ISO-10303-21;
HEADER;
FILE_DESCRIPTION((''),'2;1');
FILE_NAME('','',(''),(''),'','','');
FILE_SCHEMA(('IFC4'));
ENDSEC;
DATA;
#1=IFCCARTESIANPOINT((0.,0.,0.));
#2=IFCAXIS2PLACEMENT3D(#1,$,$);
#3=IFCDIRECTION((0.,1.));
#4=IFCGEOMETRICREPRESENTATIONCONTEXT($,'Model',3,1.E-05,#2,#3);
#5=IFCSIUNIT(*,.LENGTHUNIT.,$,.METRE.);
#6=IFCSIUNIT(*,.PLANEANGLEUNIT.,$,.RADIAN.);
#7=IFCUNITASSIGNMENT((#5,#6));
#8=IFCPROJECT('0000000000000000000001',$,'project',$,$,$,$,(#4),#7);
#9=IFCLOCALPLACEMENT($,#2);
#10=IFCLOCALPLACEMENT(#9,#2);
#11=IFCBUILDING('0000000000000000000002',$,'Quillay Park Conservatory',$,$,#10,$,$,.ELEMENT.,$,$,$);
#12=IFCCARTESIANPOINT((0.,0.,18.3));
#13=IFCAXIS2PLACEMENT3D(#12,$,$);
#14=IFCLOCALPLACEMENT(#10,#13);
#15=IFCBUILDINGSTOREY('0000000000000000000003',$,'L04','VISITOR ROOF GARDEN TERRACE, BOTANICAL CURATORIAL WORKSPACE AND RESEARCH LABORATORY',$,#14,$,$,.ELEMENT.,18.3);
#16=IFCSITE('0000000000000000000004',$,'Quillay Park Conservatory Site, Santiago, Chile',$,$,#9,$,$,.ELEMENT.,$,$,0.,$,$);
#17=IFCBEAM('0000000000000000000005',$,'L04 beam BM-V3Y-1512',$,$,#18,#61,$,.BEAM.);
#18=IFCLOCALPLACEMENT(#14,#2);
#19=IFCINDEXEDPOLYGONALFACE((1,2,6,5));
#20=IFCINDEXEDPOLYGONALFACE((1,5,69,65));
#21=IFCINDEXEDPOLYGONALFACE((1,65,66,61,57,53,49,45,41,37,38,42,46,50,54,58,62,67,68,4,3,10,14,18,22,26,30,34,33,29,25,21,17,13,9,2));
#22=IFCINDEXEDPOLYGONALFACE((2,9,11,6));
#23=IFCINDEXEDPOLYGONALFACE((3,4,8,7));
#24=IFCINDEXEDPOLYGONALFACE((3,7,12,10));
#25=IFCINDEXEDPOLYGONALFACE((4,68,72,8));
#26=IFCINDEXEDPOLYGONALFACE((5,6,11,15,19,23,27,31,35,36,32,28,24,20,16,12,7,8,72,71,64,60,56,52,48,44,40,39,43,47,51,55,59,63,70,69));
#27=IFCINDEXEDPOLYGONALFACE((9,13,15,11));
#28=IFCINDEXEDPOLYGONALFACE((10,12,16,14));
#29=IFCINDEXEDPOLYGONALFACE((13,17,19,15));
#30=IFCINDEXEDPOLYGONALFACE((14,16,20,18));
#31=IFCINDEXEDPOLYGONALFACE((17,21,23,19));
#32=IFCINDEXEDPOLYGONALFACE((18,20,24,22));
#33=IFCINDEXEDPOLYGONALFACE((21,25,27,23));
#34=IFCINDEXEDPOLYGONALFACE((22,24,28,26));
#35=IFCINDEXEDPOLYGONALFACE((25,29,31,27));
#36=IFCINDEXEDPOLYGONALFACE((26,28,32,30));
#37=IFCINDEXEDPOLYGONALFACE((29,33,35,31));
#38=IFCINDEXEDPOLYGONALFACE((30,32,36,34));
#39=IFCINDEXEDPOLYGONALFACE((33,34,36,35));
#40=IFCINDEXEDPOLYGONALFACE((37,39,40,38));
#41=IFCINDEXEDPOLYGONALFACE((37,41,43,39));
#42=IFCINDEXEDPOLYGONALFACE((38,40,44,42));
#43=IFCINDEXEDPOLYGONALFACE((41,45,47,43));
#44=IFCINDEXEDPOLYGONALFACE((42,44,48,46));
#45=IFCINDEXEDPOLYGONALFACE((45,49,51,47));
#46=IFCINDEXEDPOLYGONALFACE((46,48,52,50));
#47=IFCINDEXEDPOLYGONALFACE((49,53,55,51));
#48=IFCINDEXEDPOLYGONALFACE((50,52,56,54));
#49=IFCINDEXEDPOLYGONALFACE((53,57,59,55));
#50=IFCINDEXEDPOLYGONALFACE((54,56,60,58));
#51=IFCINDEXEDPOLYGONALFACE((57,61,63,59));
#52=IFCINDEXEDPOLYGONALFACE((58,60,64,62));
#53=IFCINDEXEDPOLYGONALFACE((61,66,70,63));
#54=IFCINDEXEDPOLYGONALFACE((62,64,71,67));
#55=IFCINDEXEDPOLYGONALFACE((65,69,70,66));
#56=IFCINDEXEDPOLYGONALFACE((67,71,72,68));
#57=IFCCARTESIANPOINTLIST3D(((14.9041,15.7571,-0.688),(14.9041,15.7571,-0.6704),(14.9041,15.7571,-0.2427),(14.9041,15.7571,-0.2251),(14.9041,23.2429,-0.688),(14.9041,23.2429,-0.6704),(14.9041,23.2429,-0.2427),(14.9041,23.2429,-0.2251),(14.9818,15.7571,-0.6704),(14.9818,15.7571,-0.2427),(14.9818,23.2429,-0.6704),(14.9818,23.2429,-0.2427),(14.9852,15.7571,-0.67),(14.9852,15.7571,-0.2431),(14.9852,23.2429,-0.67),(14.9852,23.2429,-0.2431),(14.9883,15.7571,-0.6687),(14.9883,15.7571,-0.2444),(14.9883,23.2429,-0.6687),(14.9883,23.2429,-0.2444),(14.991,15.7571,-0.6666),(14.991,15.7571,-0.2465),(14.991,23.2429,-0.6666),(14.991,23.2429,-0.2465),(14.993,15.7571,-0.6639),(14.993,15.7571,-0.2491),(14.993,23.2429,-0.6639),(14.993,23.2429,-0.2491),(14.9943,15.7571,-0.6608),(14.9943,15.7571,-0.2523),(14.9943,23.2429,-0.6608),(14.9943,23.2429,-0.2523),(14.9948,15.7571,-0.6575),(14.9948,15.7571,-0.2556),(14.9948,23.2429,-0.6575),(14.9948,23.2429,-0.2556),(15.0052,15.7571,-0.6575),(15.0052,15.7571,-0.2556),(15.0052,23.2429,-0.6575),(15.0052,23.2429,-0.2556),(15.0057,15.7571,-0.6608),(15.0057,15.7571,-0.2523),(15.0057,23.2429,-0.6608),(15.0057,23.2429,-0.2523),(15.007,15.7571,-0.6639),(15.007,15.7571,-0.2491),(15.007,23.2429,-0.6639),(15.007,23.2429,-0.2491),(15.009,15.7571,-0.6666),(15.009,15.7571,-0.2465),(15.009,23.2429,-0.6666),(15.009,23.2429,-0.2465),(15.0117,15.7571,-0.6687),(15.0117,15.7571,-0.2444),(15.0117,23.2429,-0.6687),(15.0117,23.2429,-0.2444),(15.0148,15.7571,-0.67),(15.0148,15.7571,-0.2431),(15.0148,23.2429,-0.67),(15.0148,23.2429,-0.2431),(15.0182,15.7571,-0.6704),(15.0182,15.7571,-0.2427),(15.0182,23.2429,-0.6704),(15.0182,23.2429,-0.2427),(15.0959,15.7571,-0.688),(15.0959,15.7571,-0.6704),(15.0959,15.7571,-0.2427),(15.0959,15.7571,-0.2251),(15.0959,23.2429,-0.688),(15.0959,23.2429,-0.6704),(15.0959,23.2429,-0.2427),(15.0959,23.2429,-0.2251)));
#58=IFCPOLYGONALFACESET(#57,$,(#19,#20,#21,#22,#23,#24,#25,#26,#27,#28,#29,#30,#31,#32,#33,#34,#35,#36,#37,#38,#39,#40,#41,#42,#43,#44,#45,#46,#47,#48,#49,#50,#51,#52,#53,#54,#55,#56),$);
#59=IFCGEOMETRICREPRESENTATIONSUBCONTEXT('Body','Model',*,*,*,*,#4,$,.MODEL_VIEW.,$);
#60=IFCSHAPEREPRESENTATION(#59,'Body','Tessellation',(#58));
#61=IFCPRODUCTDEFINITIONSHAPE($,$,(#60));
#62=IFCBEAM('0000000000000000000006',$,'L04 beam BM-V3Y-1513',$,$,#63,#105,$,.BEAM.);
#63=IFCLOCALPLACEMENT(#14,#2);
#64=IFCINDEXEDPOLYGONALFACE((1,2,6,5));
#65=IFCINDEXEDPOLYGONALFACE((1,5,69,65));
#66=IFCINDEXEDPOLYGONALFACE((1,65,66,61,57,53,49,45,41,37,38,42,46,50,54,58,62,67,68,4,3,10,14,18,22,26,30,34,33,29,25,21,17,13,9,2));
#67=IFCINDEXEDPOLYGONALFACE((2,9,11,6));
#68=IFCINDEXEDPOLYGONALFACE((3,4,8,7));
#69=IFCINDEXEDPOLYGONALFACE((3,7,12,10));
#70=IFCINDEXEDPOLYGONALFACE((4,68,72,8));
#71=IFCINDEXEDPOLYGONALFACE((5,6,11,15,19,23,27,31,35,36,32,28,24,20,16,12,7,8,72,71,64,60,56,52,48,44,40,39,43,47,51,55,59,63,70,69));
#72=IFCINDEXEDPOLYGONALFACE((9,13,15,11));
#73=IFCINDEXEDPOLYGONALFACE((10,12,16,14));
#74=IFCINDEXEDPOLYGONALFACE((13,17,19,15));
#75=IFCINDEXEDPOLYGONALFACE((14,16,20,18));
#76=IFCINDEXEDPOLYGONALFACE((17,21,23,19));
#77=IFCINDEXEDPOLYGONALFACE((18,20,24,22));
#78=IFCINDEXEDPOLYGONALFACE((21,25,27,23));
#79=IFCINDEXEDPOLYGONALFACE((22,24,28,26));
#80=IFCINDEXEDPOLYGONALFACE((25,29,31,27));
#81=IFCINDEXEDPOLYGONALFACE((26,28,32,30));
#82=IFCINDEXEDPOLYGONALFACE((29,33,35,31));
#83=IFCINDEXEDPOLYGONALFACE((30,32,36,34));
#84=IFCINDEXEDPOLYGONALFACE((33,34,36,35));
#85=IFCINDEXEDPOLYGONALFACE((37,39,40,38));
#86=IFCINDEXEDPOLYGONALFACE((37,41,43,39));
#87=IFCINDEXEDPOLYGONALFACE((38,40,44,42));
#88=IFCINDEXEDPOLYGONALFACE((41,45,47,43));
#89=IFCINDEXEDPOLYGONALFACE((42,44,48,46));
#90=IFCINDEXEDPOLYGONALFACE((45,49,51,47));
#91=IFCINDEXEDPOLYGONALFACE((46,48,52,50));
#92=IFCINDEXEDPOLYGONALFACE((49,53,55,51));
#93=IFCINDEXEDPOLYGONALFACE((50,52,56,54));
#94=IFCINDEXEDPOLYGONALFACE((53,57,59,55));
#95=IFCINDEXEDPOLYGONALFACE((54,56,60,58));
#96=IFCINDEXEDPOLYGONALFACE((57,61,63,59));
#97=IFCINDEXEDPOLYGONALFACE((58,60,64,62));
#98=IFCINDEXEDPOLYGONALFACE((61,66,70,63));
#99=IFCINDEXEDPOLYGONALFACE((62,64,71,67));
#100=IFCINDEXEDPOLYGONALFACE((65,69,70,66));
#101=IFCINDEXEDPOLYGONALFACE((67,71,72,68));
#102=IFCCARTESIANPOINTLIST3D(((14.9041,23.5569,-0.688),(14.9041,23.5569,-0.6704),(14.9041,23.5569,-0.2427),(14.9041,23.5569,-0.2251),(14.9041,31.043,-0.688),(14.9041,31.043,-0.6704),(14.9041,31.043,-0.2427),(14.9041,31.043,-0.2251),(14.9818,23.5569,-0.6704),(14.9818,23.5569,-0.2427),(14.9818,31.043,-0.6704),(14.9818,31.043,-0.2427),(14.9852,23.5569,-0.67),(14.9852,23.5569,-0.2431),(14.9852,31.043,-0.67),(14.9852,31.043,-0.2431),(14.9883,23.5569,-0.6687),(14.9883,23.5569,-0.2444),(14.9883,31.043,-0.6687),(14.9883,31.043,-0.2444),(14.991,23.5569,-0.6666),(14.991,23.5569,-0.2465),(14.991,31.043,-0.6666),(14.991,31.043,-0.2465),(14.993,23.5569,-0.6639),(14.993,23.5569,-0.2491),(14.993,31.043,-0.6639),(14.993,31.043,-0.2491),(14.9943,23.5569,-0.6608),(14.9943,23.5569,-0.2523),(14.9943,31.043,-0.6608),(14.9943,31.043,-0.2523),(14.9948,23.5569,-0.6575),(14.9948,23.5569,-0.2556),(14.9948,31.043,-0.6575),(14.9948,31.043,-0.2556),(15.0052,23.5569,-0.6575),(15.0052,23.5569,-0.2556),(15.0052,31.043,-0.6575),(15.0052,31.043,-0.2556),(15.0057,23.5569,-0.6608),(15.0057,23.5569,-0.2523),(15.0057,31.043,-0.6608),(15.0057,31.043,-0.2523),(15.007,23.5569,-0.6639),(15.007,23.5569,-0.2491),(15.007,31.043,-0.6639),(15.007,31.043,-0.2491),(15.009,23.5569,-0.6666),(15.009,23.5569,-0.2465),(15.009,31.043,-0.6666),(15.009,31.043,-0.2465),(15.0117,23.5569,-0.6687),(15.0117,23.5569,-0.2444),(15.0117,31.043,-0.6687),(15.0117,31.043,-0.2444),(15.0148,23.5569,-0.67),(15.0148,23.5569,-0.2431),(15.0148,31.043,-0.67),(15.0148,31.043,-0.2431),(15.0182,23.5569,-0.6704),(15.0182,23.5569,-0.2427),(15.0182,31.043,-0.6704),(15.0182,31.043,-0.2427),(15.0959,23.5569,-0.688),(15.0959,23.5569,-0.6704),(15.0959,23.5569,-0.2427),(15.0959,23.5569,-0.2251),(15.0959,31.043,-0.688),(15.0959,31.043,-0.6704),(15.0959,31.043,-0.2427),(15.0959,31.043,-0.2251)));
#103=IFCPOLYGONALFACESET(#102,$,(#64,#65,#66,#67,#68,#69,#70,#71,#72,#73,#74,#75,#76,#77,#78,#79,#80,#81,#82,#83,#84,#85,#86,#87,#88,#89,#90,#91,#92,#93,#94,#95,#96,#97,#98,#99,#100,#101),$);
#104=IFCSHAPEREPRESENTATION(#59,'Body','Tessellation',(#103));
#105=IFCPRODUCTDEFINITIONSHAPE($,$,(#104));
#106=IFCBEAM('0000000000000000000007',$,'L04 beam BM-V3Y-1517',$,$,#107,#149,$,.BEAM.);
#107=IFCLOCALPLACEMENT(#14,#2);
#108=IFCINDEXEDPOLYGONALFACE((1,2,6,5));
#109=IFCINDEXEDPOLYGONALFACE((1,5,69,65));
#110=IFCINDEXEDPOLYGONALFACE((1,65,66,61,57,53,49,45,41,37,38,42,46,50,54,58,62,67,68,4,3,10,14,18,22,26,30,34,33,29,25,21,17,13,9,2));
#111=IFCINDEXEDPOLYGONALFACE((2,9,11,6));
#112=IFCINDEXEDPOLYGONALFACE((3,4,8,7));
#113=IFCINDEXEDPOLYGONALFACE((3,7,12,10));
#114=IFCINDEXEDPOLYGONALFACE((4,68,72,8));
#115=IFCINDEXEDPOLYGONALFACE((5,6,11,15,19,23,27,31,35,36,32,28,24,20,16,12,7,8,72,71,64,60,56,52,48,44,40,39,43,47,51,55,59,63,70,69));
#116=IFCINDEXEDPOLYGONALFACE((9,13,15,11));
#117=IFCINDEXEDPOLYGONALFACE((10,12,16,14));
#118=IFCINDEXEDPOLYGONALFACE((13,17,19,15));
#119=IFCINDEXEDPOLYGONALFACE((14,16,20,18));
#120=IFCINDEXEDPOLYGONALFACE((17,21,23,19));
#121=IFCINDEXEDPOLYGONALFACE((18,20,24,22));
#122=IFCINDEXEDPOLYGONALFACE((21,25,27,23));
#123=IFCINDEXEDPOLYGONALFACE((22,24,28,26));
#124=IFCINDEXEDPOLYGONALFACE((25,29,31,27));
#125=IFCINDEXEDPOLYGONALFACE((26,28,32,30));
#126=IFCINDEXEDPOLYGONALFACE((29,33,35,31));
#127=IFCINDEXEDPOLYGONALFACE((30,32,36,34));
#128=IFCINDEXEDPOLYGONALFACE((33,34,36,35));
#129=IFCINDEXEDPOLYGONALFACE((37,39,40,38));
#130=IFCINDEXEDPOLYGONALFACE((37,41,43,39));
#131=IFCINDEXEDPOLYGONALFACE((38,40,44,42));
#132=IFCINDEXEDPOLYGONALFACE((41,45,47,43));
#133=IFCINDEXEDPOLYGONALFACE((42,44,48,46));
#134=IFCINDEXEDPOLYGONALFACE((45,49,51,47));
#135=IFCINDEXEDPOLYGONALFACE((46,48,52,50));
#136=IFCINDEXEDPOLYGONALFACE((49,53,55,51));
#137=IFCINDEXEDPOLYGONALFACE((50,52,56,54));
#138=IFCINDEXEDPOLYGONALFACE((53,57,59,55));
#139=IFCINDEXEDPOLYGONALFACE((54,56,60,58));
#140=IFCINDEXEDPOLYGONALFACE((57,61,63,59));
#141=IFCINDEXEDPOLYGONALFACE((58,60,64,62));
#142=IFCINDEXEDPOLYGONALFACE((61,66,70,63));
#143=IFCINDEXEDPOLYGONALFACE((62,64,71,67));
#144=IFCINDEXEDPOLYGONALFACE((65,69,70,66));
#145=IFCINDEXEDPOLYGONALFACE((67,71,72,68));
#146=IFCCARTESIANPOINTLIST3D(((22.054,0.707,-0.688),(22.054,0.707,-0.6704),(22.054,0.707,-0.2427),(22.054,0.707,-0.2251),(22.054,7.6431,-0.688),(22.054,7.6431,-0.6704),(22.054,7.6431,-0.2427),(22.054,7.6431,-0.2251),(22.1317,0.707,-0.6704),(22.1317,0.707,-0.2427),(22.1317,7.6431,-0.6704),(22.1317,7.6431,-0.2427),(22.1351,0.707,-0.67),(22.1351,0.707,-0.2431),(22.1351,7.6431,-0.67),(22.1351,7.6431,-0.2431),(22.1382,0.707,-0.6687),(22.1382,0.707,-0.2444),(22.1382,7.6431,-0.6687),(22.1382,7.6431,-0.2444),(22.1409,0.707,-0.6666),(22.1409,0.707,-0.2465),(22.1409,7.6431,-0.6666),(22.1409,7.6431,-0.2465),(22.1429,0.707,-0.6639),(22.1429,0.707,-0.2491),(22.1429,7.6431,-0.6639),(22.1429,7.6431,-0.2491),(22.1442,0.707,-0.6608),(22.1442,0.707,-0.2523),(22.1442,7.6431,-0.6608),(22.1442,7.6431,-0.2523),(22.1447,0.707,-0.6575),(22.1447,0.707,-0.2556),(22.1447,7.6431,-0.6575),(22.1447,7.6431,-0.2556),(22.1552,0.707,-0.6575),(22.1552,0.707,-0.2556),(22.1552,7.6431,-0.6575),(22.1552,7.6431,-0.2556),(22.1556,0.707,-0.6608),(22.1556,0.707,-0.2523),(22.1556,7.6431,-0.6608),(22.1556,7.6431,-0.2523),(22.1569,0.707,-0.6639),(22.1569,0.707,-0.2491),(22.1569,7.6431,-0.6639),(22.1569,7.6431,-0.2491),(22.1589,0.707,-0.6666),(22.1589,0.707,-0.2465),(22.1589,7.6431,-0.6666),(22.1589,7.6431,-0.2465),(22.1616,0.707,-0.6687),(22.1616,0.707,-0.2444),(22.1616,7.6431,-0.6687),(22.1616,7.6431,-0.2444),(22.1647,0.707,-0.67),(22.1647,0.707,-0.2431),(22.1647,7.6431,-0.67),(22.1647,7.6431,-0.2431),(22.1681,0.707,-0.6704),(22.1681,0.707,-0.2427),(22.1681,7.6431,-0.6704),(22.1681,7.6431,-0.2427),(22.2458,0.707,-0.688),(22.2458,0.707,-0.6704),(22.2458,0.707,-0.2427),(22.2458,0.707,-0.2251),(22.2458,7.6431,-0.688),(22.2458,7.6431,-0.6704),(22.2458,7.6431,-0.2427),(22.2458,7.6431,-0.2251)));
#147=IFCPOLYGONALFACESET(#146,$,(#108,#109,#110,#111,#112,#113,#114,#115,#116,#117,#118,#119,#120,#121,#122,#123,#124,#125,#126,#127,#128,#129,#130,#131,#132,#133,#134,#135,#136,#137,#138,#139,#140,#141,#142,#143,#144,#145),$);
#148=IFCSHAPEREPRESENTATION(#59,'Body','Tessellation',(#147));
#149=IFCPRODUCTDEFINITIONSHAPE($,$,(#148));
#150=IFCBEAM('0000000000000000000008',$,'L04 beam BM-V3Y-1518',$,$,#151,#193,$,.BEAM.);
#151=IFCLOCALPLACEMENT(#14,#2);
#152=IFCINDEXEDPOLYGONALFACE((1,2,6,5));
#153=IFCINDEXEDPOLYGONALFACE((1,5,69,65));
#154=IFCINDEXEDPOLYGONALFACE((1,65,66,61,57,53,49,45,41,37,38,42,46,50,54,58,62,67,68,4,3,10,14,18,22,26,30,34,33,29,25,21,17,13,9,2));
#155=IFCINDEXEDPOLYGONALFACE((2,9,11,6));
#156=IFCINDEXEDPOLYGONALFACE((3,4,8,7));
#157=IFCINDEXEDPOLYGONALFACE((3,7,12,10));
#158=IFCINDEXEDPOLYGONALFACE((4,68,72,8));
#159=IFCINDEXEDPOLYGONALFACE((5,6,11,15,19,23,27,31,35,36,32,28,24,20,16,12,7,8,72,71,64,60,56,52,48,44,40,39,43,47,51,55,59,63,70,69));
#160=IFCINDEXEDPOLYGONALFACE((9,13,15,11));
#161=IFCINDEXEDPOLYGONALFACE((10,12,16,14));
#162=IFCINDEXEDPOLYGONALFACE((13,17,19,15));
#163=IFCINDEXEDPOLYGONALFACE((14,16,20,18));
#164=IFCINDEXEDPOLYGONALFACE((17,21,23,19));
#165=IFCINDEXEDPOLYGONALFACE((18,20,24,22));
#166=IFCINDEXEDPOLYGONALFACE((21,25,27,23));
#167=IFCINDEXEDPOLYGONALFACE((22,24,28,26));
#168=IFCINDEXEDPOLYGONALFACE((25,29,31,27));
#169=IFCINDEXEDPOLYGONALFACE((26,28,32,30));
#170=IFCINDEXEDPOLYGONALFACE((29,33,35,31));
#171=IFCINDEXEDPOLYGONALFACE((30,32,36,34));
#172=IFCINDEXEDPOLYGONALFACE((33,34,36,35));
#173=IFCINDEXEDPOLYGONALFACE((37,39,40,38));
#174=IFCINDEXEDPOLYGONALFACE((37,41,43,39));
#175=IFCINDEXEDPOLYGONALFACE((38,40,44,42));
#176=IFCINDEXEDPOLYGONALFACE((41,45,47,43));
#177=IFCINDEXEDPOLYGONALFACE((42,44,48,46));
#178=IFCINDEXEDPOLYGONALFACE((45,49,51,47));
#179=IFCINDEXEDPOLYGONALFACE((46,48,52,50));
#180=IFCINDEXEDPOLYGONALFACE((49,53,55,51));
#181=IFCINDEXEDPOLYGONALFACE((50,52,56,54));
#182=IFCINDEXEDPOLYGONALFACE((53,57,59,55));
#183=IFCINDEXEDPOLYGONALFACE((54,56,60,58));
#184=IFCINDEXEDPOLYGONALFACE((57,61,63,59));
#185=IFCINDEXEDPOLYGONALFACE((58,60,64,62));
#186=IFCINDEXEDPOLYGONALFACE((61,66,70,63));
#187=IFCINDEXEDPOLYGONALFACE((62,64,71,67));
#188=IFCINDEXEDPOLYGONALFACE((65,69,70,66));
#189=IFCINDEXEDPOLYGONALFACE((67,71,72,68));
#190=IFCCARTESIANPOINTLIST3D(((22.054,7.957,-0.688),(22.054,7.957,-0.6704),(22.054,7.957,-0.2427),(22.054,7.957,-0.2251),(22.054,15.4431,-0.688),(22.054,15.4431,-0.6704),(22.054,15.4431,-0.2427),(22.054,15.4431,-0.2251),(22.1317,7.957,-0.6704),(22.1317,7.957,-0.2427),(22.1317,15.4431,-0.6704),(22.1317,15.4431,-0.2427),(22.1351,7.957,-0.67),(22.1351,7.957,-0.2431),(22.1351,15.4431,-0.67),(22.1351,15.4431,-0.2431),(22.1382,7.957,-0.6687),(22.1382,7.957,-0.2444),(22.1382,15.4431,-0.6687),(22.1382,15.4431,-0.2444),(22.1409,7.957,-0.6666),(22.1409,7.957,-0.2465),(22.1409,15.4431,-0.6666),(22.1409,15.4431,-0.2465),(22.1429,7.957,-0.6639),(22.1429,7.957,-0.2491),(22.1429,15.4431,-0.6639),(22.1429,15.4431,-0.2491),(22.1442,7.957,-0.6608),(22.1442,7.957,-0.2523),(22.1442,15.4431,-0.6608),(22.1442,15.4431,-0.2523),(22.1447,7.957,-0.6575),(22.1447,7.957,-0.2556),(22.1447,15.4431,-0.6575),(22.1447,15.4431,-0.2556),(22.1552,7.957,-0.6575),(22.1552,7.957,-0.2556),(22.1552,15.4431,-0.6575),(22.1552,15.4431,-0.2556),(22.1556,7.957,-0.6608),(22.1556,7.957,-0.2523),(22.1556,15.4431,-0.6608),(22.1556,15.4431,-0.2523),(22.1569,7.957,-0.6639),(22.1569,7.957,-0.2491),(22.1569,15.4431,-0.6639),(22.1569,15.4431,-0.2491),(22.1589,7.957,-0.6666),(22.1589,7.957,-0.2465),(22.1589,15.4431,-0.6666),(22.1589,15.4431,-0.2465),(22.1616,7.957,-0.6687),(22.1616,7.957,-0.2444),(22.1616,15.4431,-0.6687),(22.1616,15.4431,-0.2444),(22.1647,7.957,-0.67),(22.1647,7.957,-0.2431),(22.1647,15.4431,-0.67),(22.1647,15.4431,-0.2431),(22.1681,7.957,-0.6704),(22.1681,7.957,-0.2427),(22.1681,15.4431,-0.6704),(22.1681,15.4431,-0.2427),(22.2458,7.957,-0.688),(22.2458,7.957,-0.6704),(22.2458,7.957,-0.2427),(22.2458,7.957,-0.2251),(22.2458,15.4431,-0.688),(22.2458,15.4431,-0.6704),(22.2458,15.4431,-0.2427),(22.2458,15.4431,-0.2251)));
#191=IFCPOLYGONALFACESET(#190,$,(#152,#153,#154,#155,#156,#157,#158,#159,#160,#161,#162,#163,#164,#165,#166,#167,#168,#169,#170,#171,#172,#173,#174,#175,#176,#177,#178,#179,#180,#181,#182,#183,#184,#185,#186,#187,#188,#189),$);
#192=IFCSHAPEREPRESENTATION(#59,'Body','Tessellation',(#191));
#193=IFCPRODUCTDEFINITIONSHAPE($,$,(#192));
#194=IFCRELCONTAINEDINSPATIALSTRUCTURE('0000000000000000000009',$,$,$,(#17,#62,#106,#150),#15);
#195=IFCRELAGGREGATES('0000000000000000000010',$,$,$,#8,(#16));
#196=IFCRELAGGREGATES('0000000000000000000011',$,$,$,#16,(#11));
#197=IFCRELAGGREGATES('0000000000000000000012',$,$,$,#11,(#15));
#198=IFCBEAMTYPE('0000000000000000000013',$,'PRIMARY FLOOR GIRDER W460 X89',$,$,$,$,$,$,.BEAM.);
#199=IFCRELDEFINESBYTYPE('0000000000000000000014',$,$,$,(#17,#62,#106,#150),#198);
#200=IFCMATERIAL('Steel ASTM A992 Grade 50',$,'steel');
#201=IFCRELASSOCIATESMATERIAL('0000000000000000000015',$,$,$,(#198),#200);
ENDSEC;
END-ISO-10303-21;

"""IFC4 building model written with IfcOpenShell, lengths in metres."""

from ifc_helpers import new_model, si_unit, direction, frame, origin, origin_2d, place, context, subcontext, project, spatial, i_section, extrude, material, material_profile, profile_set, type_object, element, save


model = new_model("IFC4")

# Units and contexts
model_context = context("Model", 3, precision=1e-05, world=origin(), true_north=direction((0.0, 1.0)))
body_context = subcontext(model_context, "Body", "Model", "MODEL_VIEW")
ifc_project = project(units=[si_unit("LENGTHUNIT", "METRE"), si_unit("PLANEANGLEUNIT", "RADIAN")], contexts=[model_context])

# Site, building, storey
site_placement = place(None, origin())
site = spatial("IfcSite", under=ifc_project, at=site_placement, Name="Quillay Park Conservatory Site, Santiago, Chile", CompositionType="ELEMENT", RefElevation=0.0)
building_placement = place(site_placement, origin())
building = spatial("IfcBuilding", under=site, at=building_placement, Name="Quillay Park Conservatory", CompositionType="ELEMENT")
storey_placement = place(building_placement, frame((0.0, 0.0, 18.3)))
storey = spatial("IfcBuildingStorey", under=building, at=storey_placement, Name="L04", Description="VISITOR ROOF GARDEN TERRACE, BOTANICAL CURATORIAL WORKSPACE AND RESEARCH LABORATORY", CompositionType="ELEMENT", Elevation=18.3)

# Beams
ifc_material_1 = material(Name="Steel ASTM A992 Grade 50", Category="steel")
ifc_material_profile_1 = material_profile(ifc_material_1, i_section(OverallWidth=0.1919, OverallDepth=0.4629, WebThickness=0.0105, FlangeThickness=0.0176, FilletRadius=0.0129, at=origin_2d()), Name="W460x89")
ifc_profile_set_1 = profile_set([ifc_material_profile_1], Name="Steel ASTM A992 Grade 50")
beam_type_1 = type_object("IfcBeamType", Name="PRIMARY FLOOR GIRDER W460 X89", PredefinedType="BEAM", material=ifc_profile_set_1)
beam_1_placement = place(storey_placement, frame((15.0, 15.7571, -0.4565), z_axis=(0.0, 1.0, 0.0), x_axis=(-1.0, 0.0, 0.0)))
element("IfcBeam", 1, at=beam_1_placement, inside=storey, type_object=beam_type_1, Name="L04 beam BM-V3Y-1512", PredefinedType="BEAM", context=body_context, shape_type="SweptSolid", body=[
    extrude(i_section(OverallWidth=0.1919, OverallDepth=0.4629, WebThickness=0.0105, FlangeThickness=0.0176, FilletRadius=0.0129, at=origin_2d()), origin(), (0.0, 0.0, 1.0), 7.4858),
])
beam_2_placement = place(storey_placement, frame((15.0, 23.5569, -0.4565), z_axis=(0.0, 1.0, 0.0), x_axis=(-1.0, 0.0, 0.0)))
element("IfcBeam", 2, at=beam_2_placement, inside=storey, type_object=beam_type_1, Name="L04 beam BM-V3Y-1513", PredefinedType="BEAM", context=body_context, shape_type="SweptSolid", body=[
    extrude(i_section(OverallWidth=0.1919, OverallDepth=0.4629, WebThickness=0.0105, FlangeThickness=0.0176, FilletRadius=0.0129, at=origin_2d()), origin(), (0.0, 0.0, 1.0), 7.4861),
])
beam_3_placement = place(storey_placement, frame((22.1499, 0.707, -0.4565), z_axis=(0.0, 1.0, 0.0), x_axis=(-1.0, 0.0, 0.0)))
element("IfcBeam", 3, at=beam_3_placement, inside=storey, type_object=beam_type_1, Name="L04 beam BM-V3Y-1517", PredefinedType="BEAM", context=body_context, shape_type="SweptSolid", body=[
    extrude(i_section(OverallWidth=0.1919, OverallDepth=0.4629, WebThickness=0.0105, FlangeThickness=0.0176, FilletRadius=0.0129, at=origin_2d()), origin(), (0.0, 0.0, 1.0), 6.936),
])
beam_4_placement = place(storey_placement, frame((22.1499, 7.957, -0.4565), z_axis=(0.0, 1.0, 0.0), x_axis=(-1.0, 0.0, 0.0)))
element("IfcBeam", 4, at=beam_4_placement, inside=storey, type_object=beam_type_1, Name="L04 beam BM-V3Y-1518", PredefinedType="BEAM", context=body_context, shape_type="SweptSolid", body=[
    extrude(i_section(OverallWidth=0.1919, OverallDepth=0.4629, WebThickness=0.0105, FlangeThickness=0.0176, FilletRadius=0.0129, at=origin_2d()), origin(), (0.0, 0.0, 1.0), 7.4861),
])

save(model, "model.ifc")
